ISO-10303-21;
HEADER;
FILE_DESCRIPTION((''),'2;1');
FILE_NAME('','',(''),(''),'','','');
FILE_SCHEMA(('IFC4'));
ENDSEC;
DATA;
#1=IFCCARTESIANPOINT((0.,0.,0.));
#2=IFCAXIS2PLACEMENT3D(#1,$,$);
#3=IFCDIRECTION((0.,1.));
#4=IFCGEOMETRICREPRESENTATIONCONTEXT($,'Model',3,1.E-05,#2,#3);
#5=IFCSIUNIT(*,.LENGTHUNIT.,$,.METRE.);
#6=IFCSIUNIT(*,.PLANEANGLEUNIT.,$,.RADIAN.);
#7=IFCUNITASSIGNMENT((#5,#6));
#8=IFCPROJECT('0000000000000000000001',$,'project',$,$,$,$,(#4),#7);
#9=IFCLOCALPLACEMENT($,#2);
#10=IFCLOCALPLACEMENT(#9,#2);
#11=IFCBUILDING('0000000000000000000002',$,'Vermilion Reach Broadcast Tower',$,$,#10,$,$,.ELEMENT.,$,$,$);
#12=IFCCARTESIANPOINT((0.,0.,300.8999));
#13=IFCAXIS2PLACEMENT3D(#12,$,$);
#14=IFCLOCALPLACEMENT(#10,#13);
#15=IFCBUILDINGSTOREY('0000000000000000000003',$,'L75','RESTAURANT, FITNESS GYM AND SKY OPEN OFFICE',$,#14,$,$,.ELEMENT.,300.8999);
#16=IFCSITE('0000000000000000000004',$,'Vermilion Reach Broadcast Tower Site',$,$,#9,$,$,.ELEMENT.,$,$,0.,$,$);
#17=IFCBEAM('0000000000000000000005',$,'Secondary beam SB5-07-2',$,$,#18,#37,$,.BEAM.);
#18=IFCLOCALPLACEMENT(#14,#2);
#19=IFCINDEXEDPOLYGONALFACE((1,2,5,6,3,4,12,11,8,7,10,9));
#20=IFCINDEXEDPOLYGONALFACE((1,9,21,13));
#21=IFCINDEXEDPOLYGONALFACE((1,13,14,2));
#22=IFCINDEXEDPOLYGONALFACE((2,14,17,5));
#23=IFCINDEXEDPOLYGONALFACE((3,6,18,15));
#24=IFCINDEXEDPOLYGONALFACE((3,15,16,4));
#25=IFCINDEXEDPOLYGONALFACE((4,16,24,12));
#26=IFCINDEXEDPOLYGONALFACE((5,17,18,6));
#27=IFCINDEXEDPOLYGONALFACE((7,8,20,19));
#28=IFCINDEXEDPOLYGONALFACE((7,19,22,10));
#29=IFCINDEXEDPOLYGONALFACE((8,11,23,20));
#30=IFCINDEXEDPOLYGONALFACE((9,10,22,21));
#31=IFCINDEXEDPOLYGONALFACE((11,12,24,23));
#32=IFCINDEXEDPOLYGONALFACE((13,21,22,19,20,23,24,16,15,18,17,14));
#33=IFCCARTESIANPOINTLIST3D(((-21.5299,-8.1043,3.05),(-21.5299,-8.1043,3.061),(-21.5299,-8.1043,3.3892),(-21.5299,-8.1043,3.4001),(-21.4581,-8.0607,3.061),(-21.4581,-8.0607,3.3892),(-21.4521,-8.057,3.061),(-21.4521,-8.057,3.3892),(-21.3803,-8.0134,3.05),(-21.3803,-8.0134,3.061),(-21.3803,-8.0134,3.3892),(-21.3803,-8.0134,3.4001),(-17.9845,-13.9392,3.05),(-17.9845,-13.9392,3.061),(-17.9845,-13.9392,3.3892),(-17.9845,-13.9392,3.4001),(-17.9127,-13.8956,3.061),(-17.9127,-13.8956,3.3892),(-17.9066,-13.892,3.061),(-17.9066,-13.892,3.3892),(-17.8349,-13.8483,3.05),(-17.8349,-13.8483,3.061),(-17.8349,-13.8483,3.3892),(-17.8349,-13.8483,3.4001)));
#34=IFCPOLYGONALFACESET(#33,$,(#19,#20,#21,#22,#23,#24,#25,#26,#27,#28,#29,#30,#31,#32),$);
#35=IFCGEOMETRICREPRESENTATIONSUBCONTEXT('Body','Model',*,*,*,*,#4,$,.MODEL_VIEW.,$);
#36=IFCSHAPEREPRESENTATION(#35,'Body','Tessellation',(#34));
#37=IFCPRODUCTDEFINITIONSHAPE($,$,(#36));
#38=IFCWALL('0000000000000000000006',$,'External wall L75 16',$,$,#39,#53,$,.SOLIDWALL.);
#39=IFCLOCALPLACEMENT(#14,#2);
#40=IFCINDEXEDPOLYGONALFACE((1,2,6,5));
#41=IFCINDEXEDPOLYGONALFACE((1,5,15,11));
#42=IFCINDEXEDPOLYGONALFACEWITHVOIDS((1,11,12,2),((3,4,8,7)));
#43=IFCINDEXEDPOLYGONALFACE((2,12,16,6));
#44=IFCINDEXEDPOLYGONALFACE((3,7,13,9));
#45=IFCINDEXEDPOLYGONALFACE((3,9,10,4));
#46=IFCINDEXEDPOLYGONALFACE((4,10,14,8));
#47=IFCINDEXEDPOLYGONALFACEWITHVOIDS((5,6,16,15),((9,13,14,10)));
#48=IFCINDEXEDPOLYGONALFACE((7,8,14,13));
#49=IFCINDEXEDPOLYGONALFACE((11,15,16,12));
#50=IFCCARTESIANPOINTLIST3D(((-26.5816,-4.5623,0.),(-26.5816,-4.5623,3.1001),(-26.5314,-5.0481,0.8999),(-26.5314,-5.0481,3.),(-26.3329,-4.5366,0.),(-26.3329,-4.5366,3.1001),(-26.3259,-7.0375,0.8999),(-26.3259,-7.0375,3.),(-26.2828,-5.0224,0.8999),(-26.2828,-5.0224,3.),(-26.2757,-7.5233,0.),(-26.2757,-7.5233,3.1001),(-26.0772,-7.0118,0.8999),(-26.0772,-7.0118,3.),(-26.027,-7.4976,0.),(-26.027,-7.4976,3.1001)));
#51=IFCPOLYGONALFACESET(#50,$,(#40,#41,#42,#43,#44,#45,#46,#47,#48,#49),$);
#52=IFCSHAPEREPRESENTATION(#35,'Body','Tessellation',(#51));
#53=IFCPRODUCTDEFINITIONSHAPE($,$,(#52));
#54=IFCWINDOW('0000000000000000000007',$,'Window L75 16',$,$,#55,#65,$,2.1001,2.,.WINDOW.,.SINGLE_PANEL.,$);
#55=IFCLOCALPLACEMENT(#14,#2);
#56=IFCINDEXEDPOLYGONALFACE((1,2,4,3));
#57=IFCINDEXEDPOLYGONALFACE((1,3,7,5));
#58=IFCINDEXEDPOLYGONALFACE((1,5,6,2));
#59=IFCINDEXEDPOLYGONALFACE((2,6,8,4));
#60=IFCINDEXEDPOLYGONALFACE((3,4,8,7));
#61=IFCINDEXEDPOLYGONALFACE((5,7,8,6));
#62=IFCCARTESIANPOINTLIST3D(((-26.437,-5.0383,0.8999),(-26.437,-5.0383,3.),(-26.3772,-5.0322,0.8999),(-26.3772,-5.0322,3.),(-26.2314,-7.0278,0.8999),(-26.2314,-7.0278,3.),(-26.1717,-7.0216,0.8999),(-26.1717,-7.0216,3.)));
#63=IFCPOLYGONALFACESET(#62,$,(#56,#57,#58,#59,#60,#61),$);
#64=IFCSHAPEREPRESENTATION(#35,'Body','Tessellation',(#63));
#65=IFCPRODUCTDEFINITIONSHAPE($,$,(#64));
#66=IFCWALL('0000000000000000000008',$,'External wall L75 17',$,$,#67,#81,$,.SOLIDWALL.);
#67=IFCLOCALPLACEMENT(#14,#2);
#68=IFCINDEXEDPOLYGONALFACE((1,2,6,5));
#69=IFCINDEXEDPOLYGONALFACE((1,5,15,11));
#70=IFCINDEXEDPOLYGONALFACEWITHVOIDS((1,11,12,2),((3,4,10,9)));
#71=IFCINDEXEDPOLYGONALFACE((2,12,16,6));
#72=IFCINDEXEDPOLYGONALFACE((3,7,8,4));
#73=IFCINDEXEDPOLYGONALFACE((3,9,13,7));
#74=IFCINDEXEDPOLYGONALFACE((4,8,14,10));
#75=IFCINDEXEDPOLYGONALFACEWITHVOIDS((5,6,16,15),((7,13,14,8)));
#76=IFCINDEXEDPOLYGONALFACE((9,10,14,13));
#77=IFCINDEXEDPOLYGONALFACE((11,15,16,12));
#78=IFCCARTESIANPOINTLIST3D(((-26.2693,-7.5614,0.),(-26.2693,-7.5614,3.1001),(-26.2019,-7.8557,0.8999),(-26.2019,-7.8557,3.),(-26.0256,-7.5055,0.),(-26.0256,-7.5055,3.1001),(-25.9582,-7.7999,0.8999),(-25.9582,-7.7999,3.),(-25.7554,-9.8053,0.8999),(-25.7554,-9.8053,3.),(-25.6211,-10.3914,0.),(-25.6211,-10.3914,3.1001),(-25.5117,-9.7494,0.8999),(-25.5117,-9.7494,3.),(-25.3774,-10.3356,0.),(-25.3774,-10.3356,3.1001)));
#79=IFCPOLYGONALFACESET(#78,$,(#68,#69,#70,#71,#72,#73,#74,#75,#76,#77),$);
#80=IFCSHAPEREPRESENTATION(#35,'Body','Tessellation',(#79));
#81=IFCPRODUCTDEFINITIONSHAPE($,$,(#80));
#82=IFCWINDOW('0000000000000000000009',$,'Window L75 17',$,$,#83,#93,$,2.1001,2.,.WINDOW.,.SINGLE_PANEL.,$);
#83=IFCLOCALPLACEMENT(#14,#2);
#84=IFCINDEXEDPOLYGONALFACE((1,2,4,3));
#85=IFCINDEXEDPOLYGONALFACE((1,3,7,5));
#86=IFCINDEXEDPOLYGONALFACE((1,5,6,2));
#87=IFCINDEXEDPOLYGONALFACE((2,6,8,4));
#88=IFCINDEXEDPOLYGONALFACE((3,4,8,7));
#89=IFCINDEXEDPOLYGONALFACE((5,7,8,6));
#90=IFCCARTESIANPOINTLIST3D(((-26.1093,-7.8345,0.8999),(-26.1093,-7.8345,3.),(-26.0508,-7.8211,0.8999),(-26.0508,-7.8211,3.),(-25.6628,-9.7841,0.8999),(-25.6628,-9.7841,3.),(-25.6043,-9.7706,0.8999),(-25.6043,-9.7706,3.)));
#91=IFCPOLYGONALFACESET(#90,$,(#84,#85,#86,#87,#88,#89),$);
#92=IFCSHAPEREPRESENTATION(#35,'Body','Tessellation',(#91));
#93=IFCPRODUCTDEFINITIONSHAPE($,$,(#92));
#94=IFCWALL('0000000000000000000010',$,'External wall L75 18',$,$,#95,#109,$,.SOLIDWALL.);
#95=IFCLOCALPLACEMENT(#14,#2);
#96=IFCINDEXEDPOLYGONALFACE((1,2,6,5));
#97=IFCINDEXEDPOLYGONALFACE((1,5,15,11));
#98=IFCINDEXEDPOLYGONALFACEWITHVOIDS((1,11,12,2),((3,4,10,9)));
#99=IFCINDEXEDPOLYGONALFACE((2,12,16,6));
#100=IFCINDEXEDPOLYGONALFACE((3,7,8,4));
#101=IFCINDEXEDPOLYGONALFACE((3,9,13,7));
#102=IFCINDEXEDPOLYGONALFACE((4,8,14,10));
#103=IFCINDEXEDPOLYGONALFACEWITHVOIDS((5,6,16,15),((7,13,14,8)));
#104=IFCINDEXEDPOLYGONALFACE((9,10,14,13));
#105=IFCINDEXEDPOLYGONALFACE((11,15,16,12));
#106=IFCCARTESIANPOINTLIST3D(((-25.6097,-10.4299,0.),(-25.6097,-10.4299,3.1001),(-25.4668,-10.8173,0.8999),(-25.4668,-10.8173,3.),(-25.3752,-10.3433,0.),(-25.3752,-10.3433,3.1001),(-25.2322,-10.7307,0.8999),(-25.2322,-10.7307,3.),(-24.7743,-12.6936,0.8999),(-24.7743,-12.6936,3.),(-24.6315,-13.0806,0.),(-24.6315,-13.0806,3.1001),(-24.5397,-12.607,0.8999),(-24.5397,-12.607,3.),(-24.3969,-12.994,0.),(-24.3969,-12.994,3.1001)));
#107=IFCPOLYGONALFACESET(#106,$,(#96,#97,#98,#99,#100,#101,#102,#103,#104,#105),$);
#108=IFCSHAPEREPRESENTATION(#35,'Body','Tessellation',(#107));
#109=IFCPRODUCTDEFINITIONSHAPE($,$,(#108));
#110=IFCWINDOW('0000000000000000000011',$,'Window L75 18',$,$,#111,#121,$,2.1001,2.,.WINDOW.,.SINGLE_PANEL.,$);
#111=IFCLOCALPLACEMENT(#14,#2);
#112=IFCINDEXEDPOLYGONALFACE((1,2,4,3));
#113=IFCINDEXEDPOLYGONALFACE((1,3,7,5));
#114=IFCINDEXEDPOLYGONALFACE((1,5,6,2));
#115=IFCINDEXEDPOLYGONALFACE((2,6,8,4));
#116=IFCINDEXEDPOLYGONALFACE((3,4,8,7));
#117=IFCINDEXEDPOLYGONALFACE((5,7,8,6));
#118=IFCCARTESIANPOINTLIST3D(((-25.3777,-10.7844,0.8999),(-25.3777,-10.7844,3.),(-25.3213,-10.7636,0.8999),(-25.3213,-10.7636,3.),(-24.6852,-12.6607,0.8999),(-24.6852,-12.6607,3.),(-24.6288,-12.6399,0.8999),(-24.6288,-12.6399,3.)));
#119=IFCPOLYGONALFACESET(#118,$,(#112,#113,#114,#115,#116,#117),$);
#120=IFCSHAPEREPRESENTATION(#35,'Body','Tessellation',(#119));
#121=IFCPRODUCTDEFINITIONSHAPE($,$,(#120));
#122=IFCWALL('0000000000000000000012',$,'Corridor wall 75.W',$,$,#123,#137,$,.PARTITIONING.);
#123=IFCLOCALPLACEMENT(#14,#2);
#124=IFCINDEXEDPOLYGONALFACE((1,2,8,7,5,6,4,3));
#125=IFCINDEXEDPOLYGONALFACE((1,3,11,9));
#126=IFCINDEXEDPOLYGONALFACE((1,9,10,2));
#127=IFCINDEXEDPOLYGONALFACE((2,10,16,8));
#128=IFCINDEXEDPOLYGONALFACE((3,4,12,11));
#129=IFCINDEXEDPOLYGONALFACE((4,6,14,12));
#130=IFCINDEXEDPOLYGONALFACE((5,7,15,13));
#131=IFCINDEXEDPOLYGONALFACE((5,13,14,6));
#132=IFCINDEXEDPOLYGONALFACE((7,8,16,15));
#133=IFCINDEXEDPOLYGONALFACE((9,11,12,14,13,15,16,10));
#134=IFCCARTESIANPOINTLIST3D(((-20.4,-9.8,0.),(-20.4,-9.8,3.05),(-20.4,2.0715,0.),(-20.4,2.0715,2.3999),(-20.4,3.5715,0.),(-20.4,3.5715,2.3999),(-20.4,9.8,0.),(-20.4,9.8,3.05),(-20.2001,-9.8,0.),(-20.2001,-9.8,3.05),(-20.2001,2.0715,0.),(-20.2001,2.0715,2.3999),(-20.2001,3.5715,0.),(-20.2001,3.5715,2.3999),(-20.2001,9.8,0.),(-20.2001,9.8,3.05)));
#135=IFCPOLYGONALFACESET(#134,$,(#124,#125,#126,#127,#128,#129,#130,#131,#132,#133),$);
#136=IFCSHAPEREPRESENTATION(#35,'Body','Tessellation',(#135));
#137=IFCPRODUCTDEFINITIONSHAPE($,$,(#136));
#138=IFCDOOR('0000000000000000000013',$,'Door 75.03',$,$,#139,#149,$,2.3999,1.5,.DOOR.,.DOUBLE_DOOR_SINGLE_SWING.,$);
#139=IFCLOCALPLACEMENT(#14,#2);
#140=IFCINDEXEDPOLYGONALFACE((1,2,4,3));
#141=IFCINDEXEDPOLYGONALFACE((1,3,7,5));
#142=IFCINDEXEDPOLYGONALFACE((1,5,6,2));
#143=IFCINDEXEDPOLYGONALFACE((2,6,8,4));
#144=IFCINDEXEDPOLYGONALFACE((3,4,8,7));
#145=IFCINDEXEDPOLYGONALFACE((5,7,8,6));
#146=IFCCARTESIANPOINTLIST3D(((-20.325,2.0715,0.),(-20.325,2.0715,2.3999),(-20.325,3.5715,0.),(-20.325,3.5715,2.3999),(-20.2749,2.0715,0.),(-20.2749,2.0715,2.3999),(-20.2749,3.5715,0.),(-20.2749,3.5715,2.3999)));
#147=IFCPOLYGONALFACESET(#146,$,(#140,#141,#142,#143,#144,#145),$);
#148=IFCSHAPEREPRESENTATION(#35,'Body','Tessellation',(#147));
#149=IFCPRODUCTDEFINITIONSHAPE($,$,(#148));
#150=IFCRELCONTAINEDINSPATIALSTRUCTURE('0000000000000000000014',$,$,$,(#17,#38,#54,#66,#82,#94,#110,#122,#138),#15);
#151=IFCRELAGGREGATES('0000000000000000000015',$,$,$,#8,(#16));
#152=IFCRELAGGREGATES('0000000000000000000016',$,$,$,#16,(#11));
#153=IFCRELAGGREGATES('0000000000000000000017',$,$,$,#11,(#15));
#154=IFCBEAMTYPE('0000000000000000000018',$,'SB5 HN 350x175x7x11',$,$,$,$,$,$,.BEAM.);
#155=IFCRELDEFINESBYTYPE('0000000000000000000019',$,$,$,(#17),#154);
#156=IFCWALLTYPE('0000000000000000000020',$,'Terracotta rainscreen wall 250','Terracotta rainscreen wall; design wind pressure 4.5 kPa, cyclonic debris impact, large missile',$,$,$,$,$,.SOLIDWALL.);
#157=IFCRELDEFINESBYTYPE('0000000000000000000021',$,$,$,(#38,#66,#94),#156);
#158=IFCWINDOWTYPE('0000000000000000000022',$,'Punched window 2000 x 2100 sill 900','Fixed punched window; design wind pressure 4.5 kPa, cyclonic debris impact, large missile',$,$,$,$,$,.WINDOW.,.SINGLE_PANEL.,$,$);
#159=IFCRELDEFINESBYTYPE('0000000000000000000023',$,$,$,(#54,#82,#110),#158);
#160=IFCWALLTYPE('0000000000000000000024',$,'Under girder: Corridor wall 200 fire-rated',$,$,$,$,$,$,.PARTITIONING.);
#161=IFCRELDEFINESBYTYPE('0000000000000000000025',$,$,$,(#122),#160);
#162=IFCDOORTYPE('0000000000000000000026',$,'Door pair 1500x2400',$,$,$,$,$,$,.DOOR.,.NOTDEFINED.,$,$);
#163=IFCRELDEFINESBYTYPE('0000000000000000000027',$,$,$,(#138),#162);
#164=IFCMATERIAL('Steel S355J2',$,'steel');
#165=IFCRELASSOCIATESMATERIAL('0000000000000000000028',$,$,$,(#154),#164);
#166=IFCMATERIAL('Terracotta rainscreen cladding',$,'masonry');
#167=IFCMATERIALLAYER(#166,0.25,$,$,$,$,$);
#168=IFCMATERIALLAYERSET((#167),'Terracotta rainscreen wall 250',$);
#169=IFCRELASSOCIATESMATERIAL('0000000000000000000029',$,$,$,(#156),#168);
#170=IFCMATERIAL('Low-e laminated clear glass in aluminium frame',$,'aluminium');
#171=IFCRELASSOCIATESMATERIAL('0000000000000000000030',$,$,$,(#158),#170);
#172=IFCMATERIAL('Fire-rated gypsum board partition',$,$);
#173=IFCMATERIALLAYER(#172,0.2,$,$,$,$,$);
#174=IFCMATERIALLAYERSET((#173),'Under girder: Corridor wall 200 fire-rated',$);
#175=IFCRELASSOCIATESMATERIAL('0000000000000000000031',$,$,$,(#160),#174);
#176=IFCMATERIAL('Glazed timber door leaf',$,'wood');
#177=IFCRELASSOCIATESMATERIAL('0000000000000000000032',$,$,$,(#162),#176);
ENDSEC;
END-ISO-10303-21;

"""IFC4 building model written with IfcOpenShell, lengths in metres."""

from ifc_helpers import new_model, si_unit, direction, frame, frame_2d, origin, origin_2d, place, context, subcontext, project, spatial, rectangle, i_section, extrude, material, layer, layer_set, material_profile, profile_set, type_object, element, fill, save


model = new_model("IFC4")

# Units and contexts
model_context = context("Model", 3, precision=1e-05, world=origin(), true_north=direction((0.0, 1.0)))
body_context = subcontext(model_context, "Body", "Model", "MODEL_VIEW")
ifc_project = project(units=[si_unit("LENGTHUNIT", "METRE"), si_unit("PLANEANGLEUNIT", "RADIAN")], contexts=[model_context])

# Site, building, storey
site_placement = place(None, origin())
site = spatial("IfcSite", under=ifc_project, at=site_placement, Name="Vermilion Reach Broadcast Tower Site", CompositionType="ELEMENT", RefElevation=0.0)
building_placement = place(site_placement, origin())
building = spatial("IfcBuilding", under=site, at=building_placement, Name="Vermilion Reach Broadcast Tower", CompositionType="ELEMENT")
storey_placement = place(building_placement, frame((0.0, 0.0, 300.8999)))
storey = spatial("IfcBuildingStorey", under=building, at=storey_placement, Name="L75", Description="RESTAURANT, FITNESS GYM AND SKY OPEN OFFICE", CompositionType="ELEMENT", Elevation=300.8999)

# Beam
ifc_material_1 = material(Name="Steel S355J2", Category="steel")
ifc_material_profile_1 = material_profile(ifc_material_1, i_section(OverallWidth=0.175, OverallDepth=0.3501, WebThickness=0.0071, FlangeThickness=0.011, at=origin_2d()), Name="S355J2 HN 350x175x7x11")
ifc_profile_set_1 = profile_set([ifc_material_profile_1], Name="Steel S355J2")
beam_type_1 = type_object("IfcBeamType", Name="SB5 HN 350x175x7x11", PredefinedType="BEAM", material=ifc_profile_set_1)
beam_1_placement = place(storey_placement, frame((-21.4551, -8.0588, 3.2251), z_axis=(0.519273, -0.854608, 0.0), x_axis=(0.854608, 0.519273, 0.0)))
element("IfcBeam", 1, at=beam_1_placement, inside=storey, type_object=beam_type_1, Name="Secondary beam SB5-07-2", PredefinedType="BEAM", context=body_context, shape_type="SweptSolid", body=[
    extrude(i_section(OverallWidth=0.175, OverallDepth=0.3501, WebThickness=0.0071, FlangeThickness=0.011, at=origin_2d()), origin(), (0.0, 0.0, 1.0), 6.8276),
])

# Shared definitions
ifc_material_2 = material(Name="Terracotta rainscreen cladding", Category="masonry")
ifc_layer_1 = layer(ifc_material_2, 0.25)
ifc_layer_set_1 = layer_set([ifc_layer_1], Name="Terracotta rainscreen wall 250")
wall_type_1 = type_object("IfcWallType", Name="Terracotta rainscreen wall 250", Description="Terracotta rainscreen wall; design wind pressure 4.5 kPa, cyclonic debris impact, large missile", PredefinedType="SOLIDWALL", material=ifc_layer_set_1)

# Walls, openings, windows
wall_1_placement = place(storey_placement, frame((-26.4573, -4.5496, 0.0), z_axis=(0.0, 0.0, 1.0), x_axis=(0.102768, -0.994705, 0.0)))
wall_1 = element("IfcWall", 2, at=wall_1_placement, inside=storey, type_object=wall_type_1, Name="External wall L75 16", PredefinedType="SOLIDWALL", context=body_context, shape_type="SweptSolid", body=[
    extrude(rectangle(XDim=2.9768, YDim=0.25, at=frame_2d((1.4883, 0.0))), origin(), (0.0, 0.0, 1.0), 3.1001),
])
opening_1_placement = place(wall_1_placement, frame((0.4883, 0.0, 0.8999)))
opening_1 = element("IfcOpeningElement", 3, at=opening_1_placement, cuts=wall_1, PredefinedType="OPENING", context=body_context, shape_type="SweptSolid", body=[
    extrude(rectangle(XDim=2.0, YDim=2.1001, at=frame_2d((1.0, 1.05))), frame((0.0, 0.135, 0.0), z_axis=(0.0, -1.0, 0.0), x_axis=(1.0, 0.0, 0.0)), (0.0, 0.0, 1.0), 0.27),
])
ifc_material_3 = material(Name="Low-e laminated clear glass in aluminium frame", Category="aluminium")
window_type = type_object("IfcWindowType", Name="Punched window 2000 x 2100 sill 900", Description="Fixed punched window; design wind pressure 4.5 kPa, cyclonic debris impact, large missile", PartitioningType="SINGLE_PANEL", PredefinedType="WINDOW", material=ifc_material_3)
window_1_placement = place(opening_1_placement, origin())
window_1 = element("IfcWindow", 4, at=window_1_placement, inside=storey, type_object=window_type, Name="Window L75 16", OverallHeight=2.1001, OverallWidth=2.0, PartitioningType="SINGLE_PANEL", PredefinedType="WINDOW", context=body_context, shape_type="SweptSolid", body=[
    extrude(rectangle(XDim=2.0, YDim=2.1001, at=frame_2d((1.0, 1.05))), frame((0.0, 0.03, 0.0), z_axis=(0.0, -1.0, 0.0), x_axis=(1.0, 0.0, 0.0)), (0.0, 0.0, 1.0), 0.0601),
])
fill(opening_1, window_1)
wall_2_placement = place(storey_placement, frame((-26.1475, -7.5334, 0.0), z_axis=(0.0, 0.0, 1.0), x_axis=(0.223256, -0.97476, 0.0)))
wall_2 = element("IfcWall", 5, at=wall_2_placement, inside=storey, type_object=wall_type_1, Name="External wall L75 17", PredefinedType="SOLIDWALL", context=body_context, shape_type="SweptSolid", body=[
    extrude(rectangle(XDim=2.9033, YDim=0.25, at=frame_2d((1.4517, 0.0))), origin(), (0.0, 0.0, 1.0), 3.1001),
])
opening_2_placement = place(wall_2_placement, frame((0.302, 0.0, 0.8999)))
opening_2 = element("IfcOpeningElement", 6, at=opening_2_placement, cuts=wall_2, PredefinedType="OPENING", context=body_context, shape_type="SweptSolid", body=[
    extrude(rectangle(XDim=2.0, YDim=2.1001, at=frame_2d((1.0, 1.05))), frame((0.0, 0.135, 0.0), z_axis=(0.0, -1.0, 0.0), x_axis=(1.0, 0.0, 0.0)), (0.0, 0.0, 1.0), 0.27),
])
window_2_placement = place(opening_2_placement, origin())
window_2 = element("IfcWindow", 7, at=window_2_placement, inside=storey, type_object=window_type, Name="Window L75 17", OverallHeight=2.1001, OverallWidth=2.0, PartitioningType="SINGLE_PANEL", PredefinedType="WINDOW", context=body_context, shape_type="SweptSolid", body=[
    extrude(rectangle(XDim=2.0, YDim=2.1001, at=frame_2d((1.0, 1.05))), frame((0.0, 0.03, 0.0), z_axis=(0.0, -1.0, 0.0), x_axis=(1.0, 0.0, 0.0)), (0.0, 0.0, 1.0), 0.0601),
])
fill(opening_2, window_2)
wall_3_placement = place(storey_placement, frame((-25.4924, -10.3867, 0.0), z_axis=(0.0, 0.0, 1.0), x_axis=(0.346242, -0.938145, 0.0)))
wall_3 = element("IfcWall", 8, at=wall_3_placement, inside=storey, type_object=wall_type_1, Name="External wall L75 18", PredefinedType="SOLIDWALL", context=body_context, shape_type="SweptSolid", body=[
    extrude(rectangle(XDim=2.8254, YDim=0.25, at=frame_2d((1.4126, 0.0))), origin(), (0.0, 0.0, 1.0), 3.1001),
])
opening_3_placement = place(wall_3_placement, frame((0.4128, 0.0, 0.8999)))
opening_3 = element("IfcOpeningElement", 9, at=opening_3_placement, cuts=wall_3, PredefinedType="OPENING", context=body_context, shape_type="SweptSolid", body=[
    extrude(rectangle(XDim=2.0, YDim=2.1001, at=frame_2d((1.0, 1.05))), frame((0.0, 0.135, 0.0), z_axis=(0.0, -1.0, 0.0), x_axis=(1.0, 0.0, 0.0)), (0.0, 0.0, 1.0), 0.27),
])
window_3_placement = place(opening_3_placement, origin())
window_3 = element("IfcWindow", 10, at=window_3_placement, inside=storey, type_object=window_type, Name="Window L75 18", OverallHeight=2.1001, OverallWidth=2.0, PartitioningType="SINGLE_PANEL", PredefinedType="WINDOW", context=body_context, shape_type="SweptSolid", body=[
    extrude(rectangle(XDim=2.0, YDim=2.1001, at=frame_2d((1.0, 1.05))), frame((0.0, 0.03, 0.0), z_axis=(0.0, -1.0, 0.0), x_axis=(1.0, 0.0, 0.0)), (0.0, 0.0, 1.0), 0.0601),
])
fill(opening_3, window_3)

# Wall, opening, door
ifc_material_4 = material(Name="Fire-rated gypsum board partition")
ifc_layer_2 = layer(ifc_material_4, 0.2)
ifc_layer_set_2 = layer_set([ifc_layer_2], Name="Under girder: Corridor wall 200 fire-rated")
wall_type_2 = type_object("IfcWallType", Name="Under girder: Corridor wall 200 fire-rated", PredefinedType="PARTITIONING", material=ifc_layer_set_2)
wall_4_placement = place(storey_placement, frame((-20.3, -9.8, 0.0), z_axis=(0.0, 0.0, 1.0), x_axis=(0.0, 1.0, 0.0)))
wall_4 = element("IfcWall", 11, at=wall_4_placement, inside=storey, type_object=wall_type_2, Name="Corridor wall 75.W", PredefinedType="PARTITIONING", context=body_context, shape_type="SweptSolid", body=[
    extrude(rectangle(XDim=19.6001, YDim=0.2, at=frame_2d((9.8, 0.0))), origin(), (0.0, 0.0, 1.0), 3.05),
])
opening_4_placement = place(wall_4_placement, frame((11.8716, 0.0, 0.0)))
opening_4 = element("IfcOpeningElement", 12, at=opening_4_placement, cuts=wall_4, PredefinedType="OPENING", context=body_context, shape_type="SweptSolid", body=[
    extrude(rectangle(XDim=1.5, YDim=2.3999, at=frame_2d((0.75, 1.2))), frame((0.0, 0.1099, 0.0), z_axis=(0.0, -1.0, 0.0), x_axis=(1.0, 0.0, 0.0)), (0.0, 0.0, 1.0), 0.22),
])
ifc_material_5 = material(Name="Glazed timber door leaf", Category="wood")
door_type_1 = type_object("IfcDoorType", Name="Door pair 1500x2400", OperationType="NOTDEFINED", PredefinedType="DOOR", material=ifc_material_5)
door_1_placement = place(opening_4_placement, origin())
door_1 = element("IfcDoor", 13, at=door_1_placement, inside=storey, type_object=door_type_1, Name="Door 75.03", OperationType="DOUBLE_DOOR_SINGLE_SWING", OverallHeight=2.3999, OverallWidth=1.5, PredefinedType="DOOR", context=body_context, shape_type="SweptSolid", body=[
    extrude(rectangle(XDim=1.5, YDim=2.3999, at=frame_2d((0.75, 1.2))), frame((0.0, 0.0249, 0.0), z_axis=(0.0, -1.0, 0.0), x_axis=(1.0, 0.0, 0.0)), (0.0, 0.0, 1.0), 0.05),
])
fill(opening_4, door_1)

save(model, "model.ifc")
